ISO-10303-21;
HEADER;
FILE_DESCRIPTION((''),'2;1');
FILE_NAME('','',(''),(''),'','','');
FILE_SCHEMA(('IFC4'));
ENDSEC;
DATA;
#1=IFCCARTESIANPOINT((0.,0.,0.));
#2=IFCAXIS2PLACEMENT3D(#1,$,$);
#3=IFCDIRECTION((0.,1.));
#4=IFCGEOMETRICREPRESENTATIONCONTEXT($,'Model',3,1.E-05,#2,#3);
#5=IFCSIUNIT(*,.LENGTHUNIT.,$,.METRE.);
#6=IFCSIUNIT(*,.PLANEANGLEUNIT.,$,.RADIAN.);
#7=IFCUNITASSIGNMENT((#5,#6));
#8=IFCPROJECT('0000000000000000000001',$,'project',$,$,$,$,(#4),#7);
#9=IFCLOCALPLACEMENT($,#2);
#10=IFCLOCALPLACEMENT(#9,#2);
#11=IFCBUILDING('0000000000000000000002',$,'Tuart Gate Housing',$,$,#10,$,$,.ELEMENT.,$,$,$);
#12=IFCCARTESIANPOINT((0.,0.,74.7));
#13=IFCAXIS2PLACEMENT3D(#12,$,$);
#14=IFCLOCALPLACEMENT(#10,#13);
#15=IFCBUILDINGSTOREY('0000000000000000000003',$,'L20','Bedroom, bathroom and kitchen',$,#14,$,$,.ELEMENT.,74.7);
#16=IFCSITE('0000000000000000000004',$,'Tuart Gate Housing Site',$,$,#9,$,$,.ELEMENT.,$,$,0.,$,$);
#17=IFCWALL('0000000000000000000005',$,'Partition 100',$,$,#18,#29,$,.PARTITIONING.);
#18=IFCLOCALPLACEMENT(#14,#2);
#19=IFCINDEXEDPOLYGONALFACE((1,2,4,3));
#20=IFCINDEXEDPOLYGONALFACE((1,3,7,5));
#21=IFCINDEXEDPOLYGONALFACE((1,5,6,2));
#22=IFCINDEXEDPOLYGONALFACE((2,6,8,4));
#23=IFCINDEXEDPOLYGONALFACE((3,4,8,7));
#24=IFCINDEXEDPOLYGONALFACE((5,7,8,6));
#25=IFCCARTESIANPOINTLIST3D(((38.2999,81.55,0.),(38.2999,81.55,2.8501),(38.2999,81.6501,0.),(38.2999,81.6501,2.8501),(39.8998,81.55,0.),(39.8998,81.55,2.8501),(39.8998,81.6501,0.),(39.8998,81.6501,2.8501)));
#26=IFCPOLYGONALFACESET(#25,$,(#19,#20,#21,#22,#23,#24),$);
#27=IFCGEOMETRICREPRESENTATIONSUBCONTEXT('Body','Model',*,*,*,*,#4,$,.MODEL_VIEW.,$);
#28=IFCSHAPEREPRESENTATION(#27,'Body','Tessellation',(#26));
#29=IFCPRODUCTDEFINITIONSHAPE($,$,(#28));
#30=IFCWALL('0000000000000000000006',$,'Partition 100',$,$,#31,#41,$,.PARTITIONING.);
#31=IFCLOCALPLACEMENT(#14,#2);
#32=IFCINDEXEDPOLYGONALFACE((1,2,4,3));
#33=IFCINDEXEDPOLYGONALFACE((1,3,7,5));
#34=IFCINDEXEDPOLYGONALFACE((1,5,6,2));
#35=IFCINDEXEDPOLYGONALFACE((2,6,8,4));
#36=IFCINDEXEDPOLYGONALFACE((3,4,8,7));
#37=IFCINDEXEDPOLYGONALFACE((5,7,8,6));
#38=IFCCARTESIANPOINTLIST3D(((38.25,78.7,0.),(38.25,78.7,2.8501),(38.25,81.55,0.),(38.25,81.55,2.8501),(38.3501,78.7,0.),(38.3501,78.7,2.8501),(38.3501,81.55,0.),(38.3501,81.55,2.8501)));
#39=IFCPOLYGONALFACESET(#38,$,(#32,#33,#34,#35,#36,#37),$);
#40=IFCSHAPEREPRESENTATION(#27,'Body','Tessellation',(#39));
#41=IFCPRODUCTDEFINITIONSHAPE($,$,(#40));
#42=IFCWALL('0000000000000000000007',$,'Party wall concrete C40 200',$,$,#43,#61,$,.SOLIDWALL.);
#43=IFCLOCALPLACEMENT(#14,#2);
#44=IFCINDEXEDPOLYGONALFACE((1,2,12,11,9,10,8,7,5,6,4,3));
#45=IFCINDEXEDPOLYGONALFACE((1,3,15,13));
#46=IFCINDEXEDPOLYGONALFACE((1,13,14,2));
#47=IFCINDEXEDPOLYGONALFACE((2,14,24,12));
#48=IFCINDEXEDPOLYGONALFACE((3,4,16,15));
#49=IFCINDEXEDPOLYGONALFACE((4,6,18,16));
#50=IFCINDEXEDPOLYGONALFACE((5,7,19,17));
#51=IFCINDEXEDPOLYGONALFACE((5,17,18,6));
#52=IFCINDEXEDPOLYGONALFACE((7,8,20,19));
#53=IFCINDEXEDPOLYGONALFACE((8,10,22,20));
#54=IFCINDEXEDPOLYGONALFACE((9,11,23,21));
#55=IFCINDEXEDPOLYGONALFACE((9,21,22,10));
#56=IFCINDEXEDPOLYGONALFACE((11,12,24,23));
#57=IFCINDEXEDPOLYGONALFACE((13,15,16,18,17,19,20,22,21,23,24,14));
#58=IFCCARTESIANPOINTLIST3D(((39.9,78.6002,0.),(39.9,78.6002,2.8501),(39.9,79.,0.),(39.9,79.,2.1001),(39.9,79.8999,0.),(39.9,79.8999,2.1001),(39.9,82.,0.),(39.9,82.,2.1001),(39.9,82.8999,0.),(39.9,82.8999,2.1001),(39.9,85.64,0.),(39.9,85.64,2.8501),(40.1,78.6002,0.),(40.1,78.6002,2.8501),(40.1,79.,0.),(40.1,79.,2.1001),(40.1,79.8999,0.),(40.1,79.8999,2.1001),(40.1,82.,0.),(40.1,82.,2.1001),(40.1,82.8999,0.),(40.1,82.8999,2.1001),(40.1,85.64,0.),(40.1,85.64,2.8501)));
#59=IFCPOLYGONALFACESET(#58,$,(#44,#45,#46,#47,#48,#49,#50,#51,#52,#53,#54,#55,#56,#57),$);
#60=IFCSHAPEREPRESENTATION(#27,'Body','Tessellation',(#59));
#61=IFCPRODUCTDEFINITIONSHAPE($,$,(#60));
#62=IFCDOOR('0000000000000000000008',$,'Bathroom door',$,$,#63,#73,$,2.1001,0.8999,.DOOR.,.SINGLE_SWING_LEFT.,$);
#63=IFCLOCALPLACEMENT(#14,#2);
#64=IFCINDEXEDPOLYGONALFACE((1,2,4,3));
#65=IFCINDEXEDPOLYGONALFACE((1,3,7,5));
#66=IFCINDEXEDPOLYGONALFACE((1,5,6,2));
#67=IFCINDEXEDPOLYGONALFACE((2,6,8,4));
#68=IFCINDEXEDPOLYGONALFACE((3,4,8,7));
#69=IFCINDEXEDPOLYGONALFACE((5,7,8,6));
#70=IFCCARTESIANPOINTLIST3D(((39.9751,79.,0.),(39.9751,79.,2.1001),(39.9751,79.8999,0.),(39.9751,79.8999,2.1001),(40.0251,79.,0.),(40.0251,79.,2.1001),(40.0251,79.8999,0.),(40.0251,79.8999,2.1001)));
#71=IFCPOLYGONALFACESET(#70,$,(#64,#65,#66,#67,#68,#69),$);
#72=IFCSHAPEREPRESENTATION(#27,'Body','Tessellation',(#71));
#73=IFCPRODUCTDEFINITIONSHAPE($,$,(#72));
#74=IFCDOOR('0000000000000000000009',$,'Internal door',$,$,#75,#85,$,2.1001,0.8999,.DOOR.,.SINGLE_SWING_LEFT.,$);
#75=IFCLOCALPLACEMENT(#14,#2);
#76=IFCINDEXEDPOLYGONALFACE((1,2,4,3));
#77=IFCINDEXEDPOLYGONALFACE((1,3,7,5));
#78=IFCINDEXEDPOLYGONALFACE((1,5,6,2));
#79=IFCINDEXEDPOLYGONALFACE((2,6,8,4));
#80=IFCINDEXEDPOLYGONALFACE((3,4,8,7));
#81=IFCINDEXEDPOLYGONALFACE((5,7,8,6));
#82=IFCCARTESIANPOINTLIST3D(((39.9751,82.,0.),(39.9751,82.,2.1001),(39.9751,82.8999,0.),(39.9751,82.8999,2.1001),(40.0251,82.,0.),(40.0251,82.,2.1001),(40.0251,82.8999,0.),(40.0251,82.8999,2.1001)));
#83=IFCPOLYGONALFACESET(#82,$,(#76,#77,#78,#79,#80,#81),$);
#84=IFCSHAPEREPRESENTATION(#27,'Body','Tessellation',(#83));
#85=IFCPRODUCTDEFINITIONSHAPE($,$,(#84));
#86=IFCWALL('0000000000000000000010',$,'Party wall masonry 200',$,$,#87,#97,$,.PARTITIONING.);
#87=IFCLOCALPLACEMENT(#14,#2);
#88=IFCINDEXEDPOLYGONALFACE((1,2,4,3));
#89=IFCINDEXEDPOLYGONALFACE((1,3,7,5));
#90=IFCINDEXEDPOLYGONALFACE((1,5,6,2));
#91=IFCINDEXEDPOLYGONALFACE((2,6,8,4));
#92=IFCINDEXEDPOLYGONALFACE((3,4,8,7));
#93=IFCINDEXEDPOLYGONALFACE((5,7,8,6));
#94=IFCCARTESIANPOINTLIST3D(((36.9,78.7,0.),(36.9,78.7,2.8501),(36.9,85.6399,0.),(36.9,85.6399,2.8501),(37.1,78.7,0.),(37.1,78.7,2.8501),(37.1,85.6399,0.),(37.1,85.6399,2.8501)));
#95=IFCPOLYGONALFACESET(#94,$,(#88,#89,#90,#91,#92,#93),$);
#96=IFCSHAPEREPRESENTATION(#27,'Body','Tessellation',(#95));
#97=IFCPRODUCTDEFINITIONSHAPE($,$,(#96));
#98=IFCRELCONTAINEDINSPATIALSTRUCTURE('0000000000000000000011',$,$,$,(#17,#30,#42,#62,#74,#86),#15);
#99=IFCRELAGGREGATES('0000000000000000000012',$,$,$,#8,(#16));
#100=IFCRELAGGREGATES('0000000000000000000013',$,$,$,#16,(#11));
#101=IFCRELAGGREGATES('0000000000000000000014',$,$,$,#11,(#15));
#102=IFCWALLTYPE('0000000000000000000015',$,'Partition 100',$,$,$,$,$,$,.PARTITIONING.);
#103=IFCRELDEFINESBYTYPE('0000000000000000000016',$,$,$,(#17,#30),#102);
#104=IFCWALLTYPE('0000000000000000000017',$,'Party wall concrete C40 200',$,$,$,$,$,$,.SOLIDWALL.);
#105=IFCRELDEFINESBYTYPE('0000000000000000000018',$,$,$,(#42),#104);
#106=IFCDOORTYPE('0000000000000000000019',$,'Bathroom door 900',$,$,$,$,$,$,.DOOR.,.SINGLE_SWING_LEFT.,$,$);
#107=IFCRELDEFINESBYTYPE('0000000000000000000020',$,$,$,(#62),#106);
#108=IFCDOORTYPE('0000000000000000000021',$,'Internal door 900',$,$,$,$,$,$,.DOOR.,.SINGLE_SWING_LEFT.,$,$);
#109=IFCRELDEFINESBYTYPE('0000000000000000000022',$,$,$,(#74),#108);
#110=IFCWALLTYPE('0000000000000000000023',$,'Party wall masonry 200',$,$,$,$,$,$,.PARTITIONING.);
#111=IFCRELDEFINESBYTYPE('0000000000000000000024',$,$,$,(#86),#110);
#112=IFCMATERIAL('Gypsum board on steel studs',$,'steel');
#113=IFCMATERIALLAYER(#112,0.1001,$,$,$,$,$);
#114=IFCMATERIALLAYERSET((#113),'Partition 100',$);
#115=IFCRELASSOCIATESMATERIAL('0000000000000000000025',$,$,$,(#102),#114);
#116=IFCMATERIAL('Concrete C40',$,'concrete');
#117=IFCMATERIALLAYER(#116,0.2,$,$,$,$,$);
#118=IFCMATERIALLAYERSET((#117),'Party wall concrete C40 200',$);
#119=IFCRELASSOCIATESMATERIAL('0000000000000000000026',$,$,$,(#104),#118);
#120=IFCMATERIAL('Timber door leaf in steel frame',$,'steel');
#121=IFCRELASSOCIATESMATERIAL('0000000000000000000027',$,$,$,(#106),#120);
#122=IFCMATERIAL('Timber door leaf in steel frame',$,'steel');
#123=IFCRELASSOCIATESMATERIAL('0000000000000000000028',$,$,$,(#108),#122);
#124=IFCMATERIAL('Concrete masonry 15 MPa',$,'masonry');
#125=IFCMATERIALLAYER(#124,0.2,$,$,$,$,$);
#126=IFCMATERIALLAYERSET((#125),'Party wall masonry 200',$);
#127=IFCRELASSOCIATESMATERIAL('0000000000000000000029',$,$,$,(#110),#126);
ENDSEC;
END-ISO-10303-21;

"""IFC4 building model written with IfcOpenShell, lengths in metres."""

from ifc_helpers import new_model, si_unit, direction, frame, frame_2d, origin, place, context, subcontext, project, spatial, rectangle, extrude, material, layer, layer_set, type_object, element, fill, save


model = new_model("IFC4")

# Units and contexts
model_context = context("Model", 3, precision=1e-05, world=origin(), true_north=direction((0.0, 1.0)))
body_context = subcontext(model_context, "Body", "Model", "MODEL_VIEW")
ifc_project = project(units=[si_unit("LENGTHUNIT", "METRE"), si_unit("PLANEANGLEUNIT", "RADIAN")], contexts=[model_context])

# Site, building, storey
site_placement = place(None, origin())
site = spatial("IfcSite", under=ifc_project, at=site_placement, Name="Tuart Gate Housing Site", CompositionType="ELEMENT", RefElevation=0.0)
building_placement = place(site_placement, origin())
building = spatial("IfcBuilding", under=site, at=building_placement, Name="Tuart Gate Housing", CompositionType="ELEMENT")
storey_placement = place(building_placement, frame((0.0, 0.0, 74.7)))
storey = spatial("IfcBuildingStorey", under=building, at=storey_placement, Name="L20", Description="Bedroom, bathroom and kitchen", CompositionType="ELEMENT", Elevation=74.7)

# Walls
ifc_material_1 = material(Name="Gypsum board on steel studs", Category="steel")
ifc_layer_1 = layer(ifc_material_1, 0.1001)
ifc_layer_set_1 = layer_set([ifc_layer_1], Name="Partition 100")
wall_type_1 = type_object("IfcWallType", Name="Partition 100", PredefinedType="PARTITIONING", material=ifc_layer_set_1)
wall_1_placement = place(storey_placement, frame((38.3, 81.6001, 0.0), z_axis=(0.0, 0.0, 1.0), x_axis=(1.0, 0.0, 0.0)))
element("IfcWall", 1, at=wall_1_placement, inside=storey, type_object=wall_type_1, Name="Partition 100", PredefinedType="PARTITIONING", context=body_context, shape_type="SweptSolid", body=[
    extrude(rectangle(XDim=1.5999, YDim=0.1001, at=frame_2d((0.7998, 0.0))), origin(), (0.0, 0.0, 1.0), 2.8501),
])
wall_2_placement = place(storey_placement, frame((38.3, 78.7, 0.0), z_axis=(0.0, 0.0, 1.0), x_axis=(0.0, 1.0, 0.0)))
element("IfcWall", 2, at=wall_2_placement, inside=storey, type_object=wall_type_1, Name="Partition 100", PredefinedType="PARTITIONING", context=body_context, shape_type="SweptSolid", body=[
    extrude(rectangle(XDim=2.8501, YDim=0.1001, at=frame_2d((1.425, 0.0))), origin(), (0.0, 0.0, 1.0), 2.8501),
])

# Wall, openings, doors
ifc_material_2 = material(Name="Concrete C40", Category="concrete")
ifc_layer_2 = layer(ifc_material_2, 0.2)
ifc_layer_set_2 = layer_set([ifc_layer_2], Name="Party wall concrete C40 200")
wall_type_2 = type_object("IfcWallType", Name="Party wall concrete C40 200", PredefinedType="SOLIDWALL", material=ifc_layer_set_2)
wall_3_placement = place(storey_placement, frame((40.0, 78.6001, 0.0), z_axis=(0.0, 0.0, 1.0), x_axis=(0.0, 1.0, 0.0)))
wall_3 = element("IfcWall", 3, at=wall_3_placement, inside=storey, type_object=wall_type_2, Name="Party wall concrete C40 200", PredefinedType="SOLIDWALL", context=body_context, shape_type="SweptSolid", body=[
    extrude(rectangle(XDim=7.0398, YDim=0.2, at=frame_2d((3.52, 0.0))), origin(), (0.0, 0.0, 1.0), 2.8501),
])
opening_1_placement = place(wall_3_placement, frame((3.3999, 0.0, 0.0)))
opening_1 = element("IfcOpeningElement", 4, at=opening_1_placement, cuts=wall_3, PredefinedType="OPENING", context=body_context, shape_type="SweptSolid", body=[
    extrude(rectangle(XDim=0.8999, YDim=2.1001, at=frame_2d((0.45, 1.05))), frame((0.0, 0.1099, 0.0), z_axis=(0.0, -1.0, 0.0), x_axis=(1.0, 0.0, 0.0)), (0.0, 0.0, 1.0), 0.22),
])
opening_2_placement = place(wall_3_placement, frame((0.3999, 0.0, 0.0)))
opening_2 = element("IfcOpeningElement", 5, at=opening_2_placement, cuts=wall_3, PredefinedType="OPENING", context=body_context, shape_type="SweptSolid", body=[
    extrude(rectangle(XDim=0.8999, YDim=2.1001, at=frame_2d((0.45, 1.05))), frame((0.0, 0.1099, 0.0), z_axis=(0.0, -1.0, 0.0), x_axis=(1.0, 0.0, 0.0)), (0.0, 0.0, 1.0), 0.22),
])
ifc_material_3 = material(Name="Timber door leaf in steel frame", Category="steel")
door_type_1 = type_object("IfcDoorType", Name="Bathroom door 900", OperationType="SINGLE_SWING_LEFT", PredefinedType="DOOR", material=ifc_material_3)
door_1_placement = place(opening_2_placement, origin())
door_1 = element("IfcDoor", 6, at=door_1_placement, inside=storey, type_object=door_type_1, Name="Bathroom door", OperationType="SINGLE_SWING_LEFT", OverallHeight=2.1001, OverallWidth=0.8999, PredefinedType="DOOR", context=body_context, shape_type="SweptSolid", body=[
    extrude(rectangle(XDim=0.8999, YDim=2.1001, at=frame_2d((0.45, 1.05))), frame((0.0, 0.0249, 0.0), z_axis=(0.0, -1.0, 0.0), x_axis=(1.0, 0.0, 0.0)), (0.0, 0.0, 1.0), 0.05),
])
fill(opening_2, door_1)
ifc_material_4 = material(Name="Timber door leaf in steel frame", Category="steel")
door_type_2 = type_object("IfcDoorType", Name="Internal door 900", OperationType="SINGLE_SWING_LEFT", PredefinedType="DOOR", material=ifc_material_4)
door_2_placement = place(opening_1_placement, origin())
door_2 = element("IfcDoor", 7, at=door_2_placement, inside=storey, type_object=door_type_2, Name="Internal door", OperationType="SINGLE_SWING_LEFT", OverallHeight=2.1001, OverallWidth=0.8999, PredefinedType="DOOR", context=body_context, shape_type="SweptSolid", body=[
    extrude(rectangle(XDim=0.8999, YDim=2.1001, at=frame_2d((0.45, 1.05))), frame((0.0, 0.0249, 0.0), z_axis=(0.0, -1.0, 0.0), x_axis=(1.0, 0.0, 0.0)), (0.0, 0.0, 1.0), 0.05),
])
fill(opening_1, door_2)

# Wall
ifc_material_5 = material(Name="Concrete masonry 15 MPa", Category="masonry")
ifc_layer_3 = layer(ifc_material_5, 0.2)
ifc_layer_set_3 = layer_set([ifc_layer_3], Name="Party wall masonry 200")
wall_type_3 = type_object("IfcWallType", Name="Party wall masonry 200", PredefinedType="PARTITIONING", material=ifc_layer_set_3)
wall_4_placement = place(storey_placement, frame((37.0, 78.7, 0.0), z_axis=(0.0, 0.0, 1.0), x_axis=(0.0, 1.0, 0.0)))
element("IfcWall", 8, at=wall_4_placement, inside=storey, type_object=wall_type_3, Name="Party wall masonry 200", PredefinedType="PARTITIONING", context=body_context, shape_type="SweptSolid", body=[
    extrude(rectangle(XDim=6.9399, YDim=0.2, at=frame_2d((3.47, 0.0))), origin(), (0.0, 0.0, 1.0), 2.8501),
])

save(model, "model.ifc")
